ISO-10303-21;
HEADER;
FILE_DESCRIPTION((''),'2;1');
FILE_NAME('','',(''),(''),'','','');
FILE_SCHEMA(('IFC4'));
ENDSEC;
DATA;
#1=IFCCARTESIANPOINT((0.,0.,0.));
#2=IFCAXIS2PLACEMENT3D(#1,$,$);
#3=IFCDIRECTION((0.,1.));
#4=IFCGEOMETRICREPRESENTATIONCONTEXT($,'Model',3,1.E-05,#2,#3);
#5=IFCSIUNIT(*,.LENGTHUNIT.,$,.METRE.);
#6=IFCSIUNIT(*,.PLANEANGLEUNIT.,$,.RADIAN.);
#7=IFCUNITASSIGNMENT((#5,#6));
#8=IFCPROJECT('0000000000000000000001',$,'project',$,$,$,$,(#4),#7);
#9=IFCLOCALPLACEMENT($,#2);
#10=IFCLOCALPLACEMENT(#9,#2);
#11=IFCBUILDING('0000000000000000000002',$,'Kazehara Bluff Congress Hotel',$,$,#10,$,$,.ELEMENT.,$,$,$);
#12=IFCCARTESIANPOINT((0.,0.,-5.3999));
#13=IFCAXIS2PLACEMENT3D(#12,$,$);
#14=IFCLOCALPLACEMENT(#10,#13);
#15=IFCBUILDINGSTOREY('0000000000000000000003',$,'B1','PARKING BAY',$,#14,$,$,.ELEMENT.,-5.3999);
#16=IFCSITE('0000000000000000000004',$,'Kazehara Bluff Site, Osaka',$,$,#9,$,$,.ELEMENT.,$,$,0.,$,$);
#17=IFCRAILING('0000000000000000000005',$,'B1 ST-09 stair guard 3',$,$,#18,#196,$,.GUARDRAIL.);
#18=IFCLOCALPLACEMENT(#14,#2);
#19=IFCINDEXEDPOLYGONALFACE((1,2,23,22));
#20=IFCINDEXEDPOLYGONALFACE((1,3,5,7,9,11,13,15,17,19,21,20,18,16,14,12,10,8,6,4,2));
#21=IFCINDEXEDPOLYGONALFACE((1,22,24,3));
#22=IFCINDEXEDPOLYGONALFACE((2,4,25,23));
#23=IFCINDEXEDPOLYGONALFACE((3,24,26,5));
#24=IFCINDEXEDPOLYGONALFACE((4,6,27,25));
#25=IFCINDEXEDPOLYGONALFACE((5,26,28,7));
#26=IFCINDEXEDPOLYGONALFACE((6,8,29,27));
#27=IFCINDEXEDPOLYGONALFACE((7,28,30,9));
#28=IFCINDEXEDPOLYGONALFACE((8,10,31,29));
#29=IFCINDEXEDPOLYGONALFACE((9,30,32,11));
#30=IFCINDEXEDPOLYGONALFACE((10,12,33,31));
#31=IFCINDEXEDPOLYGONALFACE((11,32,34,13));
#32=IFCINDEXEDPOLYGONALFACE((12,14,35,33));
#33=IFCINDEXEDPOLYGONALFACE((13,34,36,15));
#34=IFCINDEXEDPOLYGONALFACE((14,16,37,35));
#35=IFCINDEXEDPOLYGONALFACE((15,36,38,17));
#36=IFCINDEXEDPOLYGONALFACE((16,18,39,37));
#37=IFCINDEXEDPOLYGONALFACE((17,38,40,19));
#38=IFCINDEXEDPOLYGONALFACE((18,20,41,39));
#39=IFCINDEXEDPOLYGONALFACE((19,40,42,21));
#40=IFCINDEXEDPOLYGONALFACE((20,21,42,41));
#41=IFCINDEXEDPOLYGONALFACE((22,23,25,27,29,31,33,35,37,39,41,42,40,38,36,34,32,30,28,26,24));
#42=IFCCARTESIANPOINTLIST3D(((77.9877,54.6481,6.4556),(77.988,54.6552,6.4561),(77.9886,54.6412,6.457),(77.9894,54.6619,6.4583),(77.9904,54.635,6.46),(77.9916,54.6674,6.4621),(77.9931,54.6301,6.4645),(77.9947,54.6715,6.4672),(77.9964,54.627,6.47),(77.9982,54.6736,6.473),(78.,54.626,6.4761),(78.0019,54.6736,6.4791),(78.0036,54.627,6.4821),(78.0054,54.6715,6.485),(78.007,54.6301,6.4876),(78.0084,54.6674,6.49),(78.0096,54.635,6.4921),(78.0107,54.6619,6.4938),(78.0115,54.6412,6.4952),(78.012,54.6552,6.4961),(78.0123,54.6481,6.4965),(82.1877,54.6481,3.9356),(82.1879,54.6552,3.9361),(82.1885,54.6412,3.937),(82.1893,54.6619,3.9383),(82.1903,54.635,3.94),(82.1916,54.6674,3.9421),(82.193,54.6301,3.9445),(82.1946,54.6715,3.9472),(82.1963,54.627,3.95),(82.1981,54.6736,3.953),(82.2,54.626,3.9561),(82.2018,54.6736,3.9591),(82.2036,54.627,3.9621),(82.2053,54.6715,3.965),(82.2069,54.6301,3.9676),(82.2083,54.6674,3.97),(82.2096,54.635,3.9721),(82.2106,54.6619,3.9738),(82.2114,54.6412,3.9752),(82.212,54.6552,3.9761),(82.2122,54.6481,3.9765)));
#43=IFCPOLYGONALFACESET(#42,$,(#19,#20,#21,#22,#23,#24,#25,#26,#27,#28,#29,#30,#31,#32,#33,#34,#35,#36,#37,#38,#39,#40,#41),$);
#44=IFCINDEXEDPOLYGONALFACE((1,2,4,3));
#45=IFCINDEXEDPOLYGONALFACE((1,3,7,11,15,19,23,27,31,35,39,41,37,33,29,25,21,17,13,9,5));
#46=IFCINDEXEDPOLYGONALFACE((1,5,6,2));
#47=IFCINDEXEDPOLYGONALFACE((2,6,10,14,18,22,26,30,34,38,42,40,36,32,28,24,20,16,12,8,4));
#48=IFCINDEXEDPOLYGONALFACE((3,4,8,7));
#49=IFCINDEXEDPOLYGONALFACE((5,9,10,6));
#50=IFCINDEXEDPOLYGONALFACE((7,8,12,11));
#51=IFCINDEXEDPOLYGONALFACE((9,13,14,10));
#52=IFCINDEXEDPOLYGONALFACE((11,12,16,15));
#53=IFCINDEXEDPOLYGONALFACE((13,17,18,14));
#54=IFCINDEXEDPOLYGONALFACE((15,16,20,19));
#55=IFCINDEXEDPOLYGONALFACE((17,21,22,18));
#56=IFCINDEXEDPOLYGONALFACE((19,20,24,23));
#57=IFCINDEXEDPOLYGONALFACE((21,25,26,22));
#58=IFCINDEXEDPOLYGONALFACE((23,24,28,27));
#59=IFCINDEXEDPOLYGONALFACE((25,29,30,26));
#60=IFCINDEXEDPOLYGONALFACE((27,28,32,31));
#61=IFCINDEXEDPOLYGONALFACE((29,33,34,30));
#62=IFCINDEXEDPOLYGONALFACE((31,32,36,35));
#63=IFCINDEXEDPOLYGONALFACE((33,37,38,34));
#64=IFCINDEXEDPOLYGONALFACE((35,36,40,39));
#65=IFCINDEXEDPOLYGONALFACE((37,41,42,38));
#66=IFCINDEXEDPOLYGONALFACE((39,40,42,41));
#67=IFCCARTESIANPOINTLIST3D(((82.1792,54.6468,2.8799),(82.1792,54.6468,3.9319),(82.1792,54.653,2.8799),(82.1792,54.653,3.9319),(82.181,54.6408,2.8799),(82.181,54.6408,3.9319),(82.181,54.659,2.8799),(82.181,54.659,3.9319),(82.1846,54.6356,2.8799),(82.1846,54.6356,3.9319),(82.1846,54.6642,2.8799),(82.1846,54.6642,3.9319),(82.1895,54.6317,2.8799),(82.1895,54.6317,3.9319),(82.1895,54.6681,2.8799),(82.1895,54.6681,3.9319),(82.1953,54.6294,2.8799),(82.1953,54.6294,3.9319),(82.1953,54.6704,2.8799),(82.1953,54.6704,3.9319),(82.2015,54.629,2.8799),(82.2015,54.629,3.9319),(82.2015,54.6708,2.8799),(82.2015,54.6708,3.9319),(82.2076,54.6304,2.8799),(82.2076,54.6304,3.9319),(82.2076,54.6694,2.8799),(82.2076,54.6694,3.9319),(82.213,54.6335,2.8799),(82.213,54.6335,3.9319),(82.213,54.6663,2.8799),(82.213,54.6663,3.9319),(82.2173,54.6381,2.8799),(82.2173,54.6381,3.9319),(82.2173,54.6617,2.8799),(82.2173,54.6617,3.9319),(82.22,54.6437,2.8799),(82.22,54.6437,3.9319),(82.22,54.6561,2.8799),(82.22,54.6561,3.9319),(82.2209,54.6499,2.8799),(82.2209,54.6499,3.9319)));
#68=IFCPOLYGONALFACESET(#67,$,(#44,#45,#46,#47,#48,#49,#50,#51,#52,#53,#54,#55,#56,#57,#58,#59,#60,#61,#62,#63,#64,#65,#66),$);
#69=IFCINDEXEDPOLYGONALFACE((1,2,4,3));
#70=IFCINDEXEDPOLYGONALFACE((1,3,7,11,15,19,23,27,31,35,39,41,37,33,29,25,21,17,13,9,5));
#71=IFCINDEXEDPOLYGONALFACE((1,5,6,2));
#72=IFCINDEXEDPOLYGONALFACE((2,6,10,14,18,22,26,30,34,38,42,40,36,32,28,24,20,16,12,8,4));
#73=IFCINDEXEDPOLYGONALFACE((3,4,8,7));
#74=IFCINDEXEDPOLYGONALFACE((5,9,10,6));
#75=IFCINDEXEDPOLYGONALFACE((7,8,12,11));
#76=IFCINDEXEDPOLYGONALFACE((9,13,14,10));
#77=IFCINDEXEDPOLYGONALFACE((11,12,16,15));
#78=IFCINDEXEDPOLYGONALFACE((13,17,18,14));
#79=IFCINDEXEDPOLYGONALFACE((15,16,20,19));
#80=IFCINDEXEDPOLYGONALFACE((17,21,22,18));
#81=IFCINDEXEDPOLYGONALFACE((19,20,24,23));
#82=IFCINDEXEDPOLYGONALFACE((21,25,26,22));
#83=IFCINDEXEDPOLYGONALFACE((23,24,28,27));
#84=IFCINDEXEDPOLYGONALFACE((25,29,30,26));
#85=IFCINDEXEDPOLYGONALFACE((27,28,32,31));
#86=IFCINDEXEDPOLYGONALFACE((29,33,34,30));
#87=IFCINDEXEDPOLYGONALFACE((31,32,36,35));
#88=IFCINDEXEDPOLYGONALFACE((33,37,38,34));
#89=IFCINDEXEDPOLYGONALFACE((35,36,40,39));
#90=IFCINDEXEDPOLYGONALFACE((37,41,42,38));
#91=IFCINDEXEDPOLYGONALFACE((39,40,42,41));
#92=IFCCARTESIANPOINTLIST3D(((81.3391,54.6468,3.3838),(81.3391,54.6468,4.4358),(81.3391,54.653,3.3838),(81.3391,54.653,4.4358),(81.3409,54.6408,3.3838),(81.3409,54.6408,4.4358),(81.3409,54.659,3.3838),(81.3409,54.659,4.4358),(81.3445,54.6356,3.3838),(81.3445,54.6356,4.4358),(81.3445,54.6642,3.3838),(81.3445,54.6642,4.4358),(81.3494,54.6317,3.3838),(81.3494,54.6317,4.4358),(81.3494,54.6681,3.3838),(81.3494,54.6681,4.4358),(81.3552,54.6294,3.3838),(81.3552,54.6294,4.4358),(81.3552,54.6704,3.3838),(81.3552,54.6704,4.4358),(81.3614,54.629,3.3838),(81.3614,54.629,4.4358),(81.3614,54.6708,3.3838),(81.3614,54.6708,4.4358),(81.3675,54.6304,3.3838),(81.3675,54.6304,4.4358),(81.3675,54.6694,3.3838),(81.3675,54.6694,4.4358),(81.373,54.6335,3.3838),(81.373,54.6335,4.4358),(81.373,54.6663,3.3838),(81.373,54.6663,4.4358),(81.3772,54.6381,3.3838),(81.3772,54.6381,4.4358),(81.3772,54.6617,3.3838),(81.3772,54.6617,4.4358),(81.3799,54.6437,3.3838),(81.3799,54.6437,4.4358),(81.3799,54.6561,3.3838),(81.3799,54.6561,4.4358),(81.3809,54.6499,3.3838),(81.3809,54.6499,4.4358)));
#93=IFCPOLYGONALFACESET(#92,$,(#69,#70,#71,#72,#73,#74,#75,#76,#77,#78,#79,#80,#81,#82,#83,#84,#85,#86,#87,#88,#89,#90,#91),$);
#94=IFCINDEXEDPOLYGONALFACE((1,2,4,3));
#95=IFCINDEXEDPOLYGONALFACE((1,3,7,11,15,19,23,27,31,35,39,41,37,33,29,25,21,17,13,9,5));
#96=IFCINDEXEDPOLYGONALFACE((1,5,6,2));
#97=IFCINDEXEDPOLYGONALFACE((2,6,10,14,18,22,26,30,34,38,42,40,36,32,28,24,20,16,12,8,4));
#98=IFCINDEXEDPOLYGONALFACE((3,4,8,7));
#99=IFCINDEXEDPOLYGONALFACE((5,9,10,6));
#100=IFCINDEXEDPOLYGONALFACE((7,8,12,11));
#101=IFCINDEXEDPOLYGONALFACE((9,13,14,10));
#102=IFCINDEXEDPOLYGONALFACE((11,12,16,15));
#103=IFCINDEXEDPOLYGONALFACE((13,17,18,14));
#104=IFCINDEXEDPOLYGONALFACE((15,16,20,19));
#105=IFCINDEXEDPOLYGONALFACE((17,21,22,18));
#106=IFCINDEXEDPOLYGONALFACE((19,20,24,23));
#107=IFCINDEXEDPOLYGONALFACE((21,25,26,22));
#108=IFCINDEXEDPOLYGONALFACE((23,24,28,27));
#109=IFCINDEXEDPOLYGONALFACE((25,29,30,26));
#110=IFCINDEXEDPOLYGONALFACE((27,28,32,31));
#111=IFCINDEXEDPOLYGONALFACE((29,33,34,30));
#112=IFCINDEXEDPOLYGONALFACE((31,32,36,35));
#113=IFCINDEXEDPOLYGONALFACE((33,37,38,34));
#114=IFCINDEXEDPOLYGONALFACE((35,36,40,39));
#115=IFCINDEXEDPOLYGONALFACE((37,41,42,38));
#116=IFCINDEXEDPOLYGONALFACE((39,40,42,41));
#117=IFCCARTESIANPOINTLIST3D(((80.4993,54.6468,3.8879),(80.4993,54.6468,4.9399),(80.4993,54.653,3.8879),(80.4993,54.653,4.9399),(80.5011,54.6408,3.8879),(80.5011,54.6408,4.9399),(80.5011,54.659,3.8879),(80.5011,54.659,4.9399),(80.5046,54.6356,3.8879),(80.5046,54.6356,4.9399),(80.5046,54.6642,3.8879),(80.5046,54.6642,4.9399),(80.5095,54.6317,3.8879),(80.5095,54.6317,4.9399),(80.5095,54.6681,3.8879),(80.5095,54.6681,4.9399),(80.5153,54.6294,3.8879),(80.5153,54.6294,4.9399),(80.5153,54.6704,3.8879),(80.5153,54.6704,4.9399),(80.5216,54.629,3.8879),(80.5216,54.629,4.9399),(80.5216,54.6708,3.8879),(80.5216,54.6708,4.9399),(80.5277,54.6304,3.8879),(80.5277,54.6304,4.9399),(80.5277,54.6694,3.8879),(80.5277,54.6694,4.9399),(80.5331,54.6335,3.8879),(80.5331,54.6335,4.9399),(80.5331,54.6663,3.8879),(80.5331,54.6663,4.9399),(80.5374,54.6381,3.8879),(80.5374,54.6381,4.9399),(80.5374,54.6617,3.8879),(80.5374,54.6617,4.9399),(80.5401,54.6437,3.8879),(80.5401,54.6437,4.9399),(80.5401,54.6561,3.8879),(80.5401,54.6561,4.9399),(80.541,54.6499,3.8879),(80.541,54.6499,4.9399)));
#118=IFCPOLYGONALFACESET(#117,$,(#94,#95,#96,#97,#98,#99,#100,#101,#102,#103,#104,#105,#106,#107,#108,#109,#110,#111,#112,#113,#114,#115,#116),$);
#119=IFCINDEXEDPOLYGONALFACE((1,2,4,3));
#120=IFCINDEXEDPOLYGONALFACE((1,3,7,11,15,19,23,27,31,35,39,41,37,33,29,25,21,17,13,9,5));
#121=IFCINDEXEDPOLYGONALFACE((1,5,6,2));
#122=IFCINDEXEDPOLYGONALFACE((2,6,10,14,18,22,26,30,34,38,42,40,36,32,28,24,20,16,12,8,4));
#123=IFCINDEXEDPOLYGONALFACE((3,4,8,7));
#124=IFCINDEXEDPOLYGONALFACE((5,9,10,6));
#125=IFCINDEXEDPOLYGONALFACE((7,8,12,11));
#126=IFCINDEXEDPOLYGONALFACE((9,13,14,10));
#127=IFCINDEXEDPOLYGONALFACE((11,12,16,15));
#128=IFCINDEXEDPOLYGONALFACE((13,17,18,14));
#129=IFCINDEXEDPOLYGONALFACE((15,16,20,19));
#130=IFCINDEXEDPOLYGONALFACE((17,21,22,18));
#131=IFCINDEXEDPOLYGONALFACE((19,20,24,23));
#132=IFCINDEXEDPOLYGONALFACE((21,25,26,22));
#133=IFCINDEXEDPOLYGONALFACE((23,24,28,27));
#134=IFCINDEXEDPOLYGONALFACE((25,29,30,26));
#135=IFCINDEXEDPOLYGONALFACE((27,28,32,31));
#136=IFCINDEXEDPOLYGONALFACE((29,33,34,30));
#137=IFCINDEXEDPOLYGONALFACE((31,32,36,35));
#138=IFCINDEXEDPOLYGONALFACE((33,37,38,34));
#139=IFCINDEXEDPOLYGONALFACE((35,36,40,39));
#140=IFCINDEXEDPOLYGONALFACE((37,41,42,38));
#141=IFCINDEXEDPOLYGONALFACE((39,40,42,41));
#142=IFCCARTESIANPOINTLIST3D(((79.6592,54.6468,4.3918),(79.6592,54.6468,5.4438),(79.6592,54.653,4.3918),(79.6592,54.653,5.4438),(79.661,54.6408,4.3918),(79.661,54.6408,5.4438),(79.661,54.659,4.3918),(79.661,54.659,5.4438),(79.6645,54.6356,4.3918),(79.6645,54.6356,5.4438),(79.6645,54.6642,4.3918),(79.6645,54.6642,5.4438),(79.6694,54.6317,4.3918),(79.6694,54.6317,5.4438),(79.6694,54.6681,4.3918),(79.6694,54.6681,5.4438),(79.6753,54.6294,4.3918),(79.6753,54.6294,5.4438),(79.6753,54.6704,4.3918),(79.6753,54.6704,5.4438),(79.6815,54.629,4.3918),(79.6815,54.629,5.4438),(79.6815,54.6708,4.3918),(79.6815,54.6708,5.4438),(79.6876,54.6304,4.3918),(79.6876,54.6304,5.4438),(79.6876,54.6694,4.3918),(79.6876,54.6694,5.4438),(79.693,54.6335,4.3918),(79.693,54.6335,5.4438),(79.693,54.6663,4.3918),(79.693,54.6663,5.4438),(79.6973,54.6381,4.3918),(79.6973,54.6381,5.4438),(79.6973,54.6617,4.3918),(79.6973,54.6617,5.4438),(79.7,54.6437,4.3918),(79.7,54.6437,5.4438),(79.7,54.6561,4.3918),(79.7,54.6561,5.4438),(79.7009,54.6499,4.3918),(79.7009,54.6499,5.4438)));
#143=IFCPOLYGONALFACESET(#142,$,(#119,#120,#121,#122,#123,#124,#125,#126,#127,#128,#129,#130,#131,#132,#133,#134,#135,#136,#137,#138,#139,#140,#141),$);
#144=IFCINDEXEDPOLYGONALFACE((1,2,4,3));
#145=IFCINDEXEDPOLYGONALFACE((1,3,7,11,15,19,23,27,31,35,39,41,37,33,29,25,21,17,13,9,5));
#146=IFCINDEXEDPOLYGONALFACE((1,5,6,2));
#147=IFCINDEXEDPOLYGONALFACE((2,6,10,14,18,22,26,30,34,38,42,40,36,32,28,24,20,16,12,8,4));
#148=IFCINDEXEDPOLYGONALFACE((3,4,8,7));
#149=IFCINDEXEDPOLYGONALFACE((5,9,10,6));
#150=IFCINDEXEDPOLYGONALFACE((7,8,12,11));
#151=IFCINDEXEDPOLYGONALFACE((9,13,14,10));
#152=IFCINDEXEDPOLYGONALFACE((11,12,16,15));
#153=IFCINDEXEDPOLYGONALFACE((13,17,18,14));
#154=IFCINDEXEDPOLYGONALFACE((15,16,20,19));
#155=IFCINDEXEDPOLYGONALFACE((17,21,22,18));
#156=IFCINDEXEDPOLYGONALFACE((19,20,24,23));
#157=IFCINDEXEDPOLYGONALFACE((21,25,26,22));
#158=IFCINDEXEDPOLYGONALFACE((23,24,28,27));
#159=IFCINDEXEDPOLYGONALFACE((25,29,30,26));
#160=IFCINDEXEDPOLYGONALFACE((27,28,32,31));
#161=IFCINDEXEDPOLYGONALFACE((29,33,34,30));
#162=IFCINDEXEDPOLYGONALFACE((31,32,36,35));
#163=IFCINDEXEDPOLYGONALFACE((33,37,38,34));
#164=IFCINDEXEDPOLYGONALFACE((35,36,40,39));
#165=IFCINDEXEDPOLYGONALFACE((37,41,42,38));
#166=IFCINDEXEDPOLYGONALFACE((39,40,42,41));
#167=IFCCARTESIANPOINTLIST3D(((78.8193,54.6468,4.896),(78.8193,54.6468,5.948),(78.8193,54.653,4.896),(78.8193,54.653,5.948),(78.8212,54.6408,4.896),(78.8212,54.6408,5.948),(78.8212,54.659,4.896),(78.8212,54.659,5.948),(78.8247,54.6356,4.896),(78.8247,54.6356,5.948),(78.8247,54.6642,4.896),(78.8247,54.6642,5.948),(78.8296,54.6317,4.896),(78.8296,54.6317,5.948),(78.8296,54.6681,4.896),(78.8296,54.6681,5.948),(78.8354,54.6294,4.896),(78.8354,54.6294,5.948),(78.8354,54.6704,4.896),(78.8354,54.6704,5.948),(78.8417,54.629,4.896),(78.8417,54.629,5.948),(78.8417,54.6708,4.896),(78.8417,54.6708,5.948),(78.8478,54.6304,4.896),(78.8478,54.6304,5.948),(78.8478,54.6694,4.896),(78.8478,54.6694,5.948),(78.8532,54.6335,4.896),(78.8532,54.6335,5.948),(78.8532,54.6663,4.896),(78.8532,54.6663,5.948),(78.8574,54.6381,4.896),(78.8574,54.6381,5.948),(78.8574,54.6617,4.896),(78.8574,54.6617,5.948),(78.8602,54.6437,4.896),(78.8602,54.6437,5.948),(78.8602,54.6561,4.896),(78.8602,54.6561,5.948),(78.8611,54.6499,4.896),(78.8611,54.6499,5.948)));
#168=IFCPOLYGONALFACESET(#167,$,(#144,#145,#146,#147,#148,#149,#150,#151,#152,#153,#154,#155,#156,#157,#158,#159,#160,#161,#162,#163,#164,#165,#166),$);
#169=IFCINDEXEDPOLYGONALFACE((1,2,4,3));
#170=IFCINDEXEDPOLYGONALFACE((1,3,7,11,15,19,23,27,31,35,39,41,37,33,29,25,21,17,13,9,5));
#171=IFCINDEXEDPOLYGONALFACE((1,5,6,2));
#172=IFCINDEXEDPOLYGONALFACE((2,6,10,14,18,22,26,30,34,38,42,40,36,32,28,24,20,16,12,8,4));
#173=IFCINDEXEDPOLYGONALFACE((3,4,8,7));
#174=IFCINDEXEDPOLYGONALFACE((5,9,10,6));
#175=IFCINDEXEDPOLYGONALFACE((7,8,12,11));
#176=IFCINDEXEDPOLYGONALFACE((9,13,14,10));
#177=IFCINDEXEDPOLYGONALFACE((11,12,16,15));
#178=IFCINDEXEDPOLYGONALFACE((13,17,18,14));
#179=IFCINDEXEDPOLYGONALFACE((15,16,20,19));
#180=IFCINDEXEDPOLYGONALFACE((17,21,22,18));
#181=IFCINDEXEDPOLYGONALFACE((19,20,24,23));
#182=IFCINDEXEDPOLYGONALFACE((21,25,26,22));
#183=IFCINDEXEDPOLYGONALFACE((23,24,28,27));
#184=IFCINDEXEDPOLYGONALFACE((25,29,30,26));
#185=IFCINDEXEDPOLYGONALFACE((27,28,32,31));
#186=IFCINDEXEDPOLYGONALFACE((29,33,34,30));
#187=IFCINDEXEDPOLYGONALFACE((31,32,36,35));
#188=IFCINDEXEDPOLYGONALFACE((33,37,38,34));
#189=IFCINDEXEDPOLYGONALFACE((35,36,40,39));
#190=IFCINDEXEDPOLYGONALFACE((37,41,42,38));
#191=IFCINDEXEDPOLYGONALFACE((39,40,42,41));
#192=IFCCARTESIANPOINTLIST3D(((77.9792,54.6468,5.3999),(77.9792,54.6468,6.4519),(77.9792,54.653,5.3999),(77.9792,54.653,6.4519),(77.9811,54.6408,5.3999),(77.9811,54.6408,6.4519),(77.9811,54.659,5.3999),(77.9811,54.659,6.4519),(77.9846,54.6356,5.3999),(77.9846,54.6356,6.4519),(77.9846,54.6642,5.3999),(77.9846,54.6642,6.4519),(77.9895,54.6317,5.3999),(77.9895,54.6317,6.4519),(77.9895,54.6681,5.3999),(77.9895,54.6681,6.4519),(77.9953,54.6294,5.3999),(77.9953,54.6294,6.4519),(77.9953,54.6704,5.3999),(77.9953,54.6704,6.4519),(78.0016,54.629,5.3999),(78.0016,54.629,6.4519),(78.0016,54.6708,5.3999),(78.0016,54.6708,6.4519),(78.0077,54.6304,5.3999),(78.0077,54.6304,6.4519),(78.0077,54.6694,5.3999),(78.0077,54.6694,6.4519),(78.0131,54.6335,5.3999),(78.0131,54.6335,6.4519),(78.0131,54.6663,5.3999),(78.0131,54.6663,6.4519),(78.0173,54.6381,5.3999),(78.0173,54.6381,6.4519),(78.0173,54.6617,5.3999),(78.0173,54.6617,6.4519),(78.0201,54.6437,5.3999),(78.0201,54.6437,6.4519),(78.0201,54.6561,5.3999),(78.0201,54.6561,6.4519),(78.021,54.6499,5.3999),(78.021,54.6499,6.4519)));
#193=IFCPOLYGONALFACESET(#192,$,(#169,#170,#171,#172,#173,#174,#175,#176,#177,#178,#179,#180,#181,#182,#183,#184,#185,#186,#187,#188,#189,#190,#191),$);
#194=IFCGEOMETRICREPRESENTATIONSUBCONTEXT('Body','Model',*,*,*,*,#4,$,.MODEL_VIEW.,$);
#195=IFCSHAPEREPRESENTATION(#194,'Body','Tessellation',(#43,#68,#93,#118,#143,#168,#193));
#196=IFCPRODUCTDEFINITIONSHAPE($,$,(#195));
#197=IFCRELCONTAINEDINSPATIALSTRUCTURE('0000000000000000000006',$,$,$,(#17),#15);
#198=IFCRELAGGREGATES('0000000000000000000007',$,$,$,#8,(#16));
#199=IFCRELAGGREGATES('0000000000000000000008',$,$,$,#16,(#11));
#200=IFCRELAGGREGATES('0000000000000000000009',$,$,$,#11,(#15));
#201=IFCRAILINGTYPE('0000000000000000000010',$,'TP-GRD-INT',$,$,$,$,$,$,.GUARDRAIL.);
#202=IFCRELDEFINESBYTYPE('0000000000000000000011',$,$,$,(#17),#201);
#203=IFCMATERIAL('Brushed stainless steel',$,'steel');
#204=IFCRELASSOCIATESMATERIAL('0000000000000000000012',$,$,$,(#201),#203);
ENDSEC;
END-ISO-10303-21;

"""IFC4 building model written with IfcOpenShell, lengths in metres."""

from ifc_helpers import new_model, si_unit, direction, frame, origin, origin_2d, place, context, subcontext, project, spatial, circle, extrude, material, type_object, element, save


model = new_model("IFC4")

# Units and contexts
model_context = context("Model", 3, precision=1e-05, world=origin(), true_north=direction((0.0, 1.0)))
body_context = subcontext(model_context, "Body", "Model", "MODEL_VIEW")
ifc_project = project(units=[si_unit("LENGTHUNIT", "METRE"), si_unit("PLANEANGLEUNIT", "RADIAN")], contexts=[model_context])

# Site, building, storey
site_placement = place(None, origin())
site = spatial("IfcSite", under=ifc_project, at=site_placement, Name="Kazehara Bluff Site, Osaka", CompositionType="ELEMENT", RefElevation=0.0)
building_placement = place(site_placement, origin())
building = spatial("IfcBuilding", under=site, at=building_placement, Name="Kazehara Bluff Congress Hotel", CompositionType="ELEMENT")
storey_placement = place(building_placement, frame((0.0, 0.0, -5.3999)))
storey = spatial("IfcBuildingStorey", under=building, at=storey_placement, Name="B1", Description="PARKING BAY", CompositionType="ELEMENT", Elevation=-5.3999)

# Railing
ifc_material_1 = material(Name="Brushed stainless steel", Category="steel")
railing_type_1 = type_object("IfcRailingType", Name="TP-GRD-INT", PredefinedType="GUARDRAIL", material=ifc_material_1)
railing_1_placement = place(storey_placement, frame((82.2, 54.6499, 2.8799)))
element("IfcRailing", 1, at=railing_1_placement, inside=storey, type_object=railing_type_1, Name="B1 ST-09 stair guard 3", PredefinedType="GUARDRAIL", context=body_context, shape_type="SweptSolid", body=[
    extrude(circle(Radius=0.0239, at=origin_2d()), frame((0.0, 0.0, 1.0762), z_axis=(-0.857489, 0.0, 0.514503), x_axis=(0.0, -1.0, 0.0)), (0.0, 0.0, 1.0), 4.8979),
    extrude(circle(Radius=0.021, at=origin_2d()), origin(), (0.0, 0.0, 1.0), 1.052),
    extrude(circle(Radius=0.021, at=origin_2d()), frame((-0.8401, 0.0, 0.5039)), (0.0, 0.0, 1.0), 1.052),
    extrude(circle(Radius=0.021, at=origin_2d()), frame((-1.6799, 0.0, 1.0081)), (0.0, 0.0, 1.0), 1.052),
    extrude(circle(Radius=0.021, at=origin_2d()), frame((-2.52, 0.0, 1.512)), (0.0, 0.0, 1.0), 1.052),
    extrude(circle(Radius=0.021, at=origin_2d()), frame((-3.3599, 0.0, 2.0161)), (0.0, 0.0, 1.0), 1.052),
    extrude(circle(Radius=0.021, at=origin_2d()), frame((-4.2, 0.0, 2.52)), (0.0, 0.0, 1.0), 1.052),
])

save(model, "model.ifc")
